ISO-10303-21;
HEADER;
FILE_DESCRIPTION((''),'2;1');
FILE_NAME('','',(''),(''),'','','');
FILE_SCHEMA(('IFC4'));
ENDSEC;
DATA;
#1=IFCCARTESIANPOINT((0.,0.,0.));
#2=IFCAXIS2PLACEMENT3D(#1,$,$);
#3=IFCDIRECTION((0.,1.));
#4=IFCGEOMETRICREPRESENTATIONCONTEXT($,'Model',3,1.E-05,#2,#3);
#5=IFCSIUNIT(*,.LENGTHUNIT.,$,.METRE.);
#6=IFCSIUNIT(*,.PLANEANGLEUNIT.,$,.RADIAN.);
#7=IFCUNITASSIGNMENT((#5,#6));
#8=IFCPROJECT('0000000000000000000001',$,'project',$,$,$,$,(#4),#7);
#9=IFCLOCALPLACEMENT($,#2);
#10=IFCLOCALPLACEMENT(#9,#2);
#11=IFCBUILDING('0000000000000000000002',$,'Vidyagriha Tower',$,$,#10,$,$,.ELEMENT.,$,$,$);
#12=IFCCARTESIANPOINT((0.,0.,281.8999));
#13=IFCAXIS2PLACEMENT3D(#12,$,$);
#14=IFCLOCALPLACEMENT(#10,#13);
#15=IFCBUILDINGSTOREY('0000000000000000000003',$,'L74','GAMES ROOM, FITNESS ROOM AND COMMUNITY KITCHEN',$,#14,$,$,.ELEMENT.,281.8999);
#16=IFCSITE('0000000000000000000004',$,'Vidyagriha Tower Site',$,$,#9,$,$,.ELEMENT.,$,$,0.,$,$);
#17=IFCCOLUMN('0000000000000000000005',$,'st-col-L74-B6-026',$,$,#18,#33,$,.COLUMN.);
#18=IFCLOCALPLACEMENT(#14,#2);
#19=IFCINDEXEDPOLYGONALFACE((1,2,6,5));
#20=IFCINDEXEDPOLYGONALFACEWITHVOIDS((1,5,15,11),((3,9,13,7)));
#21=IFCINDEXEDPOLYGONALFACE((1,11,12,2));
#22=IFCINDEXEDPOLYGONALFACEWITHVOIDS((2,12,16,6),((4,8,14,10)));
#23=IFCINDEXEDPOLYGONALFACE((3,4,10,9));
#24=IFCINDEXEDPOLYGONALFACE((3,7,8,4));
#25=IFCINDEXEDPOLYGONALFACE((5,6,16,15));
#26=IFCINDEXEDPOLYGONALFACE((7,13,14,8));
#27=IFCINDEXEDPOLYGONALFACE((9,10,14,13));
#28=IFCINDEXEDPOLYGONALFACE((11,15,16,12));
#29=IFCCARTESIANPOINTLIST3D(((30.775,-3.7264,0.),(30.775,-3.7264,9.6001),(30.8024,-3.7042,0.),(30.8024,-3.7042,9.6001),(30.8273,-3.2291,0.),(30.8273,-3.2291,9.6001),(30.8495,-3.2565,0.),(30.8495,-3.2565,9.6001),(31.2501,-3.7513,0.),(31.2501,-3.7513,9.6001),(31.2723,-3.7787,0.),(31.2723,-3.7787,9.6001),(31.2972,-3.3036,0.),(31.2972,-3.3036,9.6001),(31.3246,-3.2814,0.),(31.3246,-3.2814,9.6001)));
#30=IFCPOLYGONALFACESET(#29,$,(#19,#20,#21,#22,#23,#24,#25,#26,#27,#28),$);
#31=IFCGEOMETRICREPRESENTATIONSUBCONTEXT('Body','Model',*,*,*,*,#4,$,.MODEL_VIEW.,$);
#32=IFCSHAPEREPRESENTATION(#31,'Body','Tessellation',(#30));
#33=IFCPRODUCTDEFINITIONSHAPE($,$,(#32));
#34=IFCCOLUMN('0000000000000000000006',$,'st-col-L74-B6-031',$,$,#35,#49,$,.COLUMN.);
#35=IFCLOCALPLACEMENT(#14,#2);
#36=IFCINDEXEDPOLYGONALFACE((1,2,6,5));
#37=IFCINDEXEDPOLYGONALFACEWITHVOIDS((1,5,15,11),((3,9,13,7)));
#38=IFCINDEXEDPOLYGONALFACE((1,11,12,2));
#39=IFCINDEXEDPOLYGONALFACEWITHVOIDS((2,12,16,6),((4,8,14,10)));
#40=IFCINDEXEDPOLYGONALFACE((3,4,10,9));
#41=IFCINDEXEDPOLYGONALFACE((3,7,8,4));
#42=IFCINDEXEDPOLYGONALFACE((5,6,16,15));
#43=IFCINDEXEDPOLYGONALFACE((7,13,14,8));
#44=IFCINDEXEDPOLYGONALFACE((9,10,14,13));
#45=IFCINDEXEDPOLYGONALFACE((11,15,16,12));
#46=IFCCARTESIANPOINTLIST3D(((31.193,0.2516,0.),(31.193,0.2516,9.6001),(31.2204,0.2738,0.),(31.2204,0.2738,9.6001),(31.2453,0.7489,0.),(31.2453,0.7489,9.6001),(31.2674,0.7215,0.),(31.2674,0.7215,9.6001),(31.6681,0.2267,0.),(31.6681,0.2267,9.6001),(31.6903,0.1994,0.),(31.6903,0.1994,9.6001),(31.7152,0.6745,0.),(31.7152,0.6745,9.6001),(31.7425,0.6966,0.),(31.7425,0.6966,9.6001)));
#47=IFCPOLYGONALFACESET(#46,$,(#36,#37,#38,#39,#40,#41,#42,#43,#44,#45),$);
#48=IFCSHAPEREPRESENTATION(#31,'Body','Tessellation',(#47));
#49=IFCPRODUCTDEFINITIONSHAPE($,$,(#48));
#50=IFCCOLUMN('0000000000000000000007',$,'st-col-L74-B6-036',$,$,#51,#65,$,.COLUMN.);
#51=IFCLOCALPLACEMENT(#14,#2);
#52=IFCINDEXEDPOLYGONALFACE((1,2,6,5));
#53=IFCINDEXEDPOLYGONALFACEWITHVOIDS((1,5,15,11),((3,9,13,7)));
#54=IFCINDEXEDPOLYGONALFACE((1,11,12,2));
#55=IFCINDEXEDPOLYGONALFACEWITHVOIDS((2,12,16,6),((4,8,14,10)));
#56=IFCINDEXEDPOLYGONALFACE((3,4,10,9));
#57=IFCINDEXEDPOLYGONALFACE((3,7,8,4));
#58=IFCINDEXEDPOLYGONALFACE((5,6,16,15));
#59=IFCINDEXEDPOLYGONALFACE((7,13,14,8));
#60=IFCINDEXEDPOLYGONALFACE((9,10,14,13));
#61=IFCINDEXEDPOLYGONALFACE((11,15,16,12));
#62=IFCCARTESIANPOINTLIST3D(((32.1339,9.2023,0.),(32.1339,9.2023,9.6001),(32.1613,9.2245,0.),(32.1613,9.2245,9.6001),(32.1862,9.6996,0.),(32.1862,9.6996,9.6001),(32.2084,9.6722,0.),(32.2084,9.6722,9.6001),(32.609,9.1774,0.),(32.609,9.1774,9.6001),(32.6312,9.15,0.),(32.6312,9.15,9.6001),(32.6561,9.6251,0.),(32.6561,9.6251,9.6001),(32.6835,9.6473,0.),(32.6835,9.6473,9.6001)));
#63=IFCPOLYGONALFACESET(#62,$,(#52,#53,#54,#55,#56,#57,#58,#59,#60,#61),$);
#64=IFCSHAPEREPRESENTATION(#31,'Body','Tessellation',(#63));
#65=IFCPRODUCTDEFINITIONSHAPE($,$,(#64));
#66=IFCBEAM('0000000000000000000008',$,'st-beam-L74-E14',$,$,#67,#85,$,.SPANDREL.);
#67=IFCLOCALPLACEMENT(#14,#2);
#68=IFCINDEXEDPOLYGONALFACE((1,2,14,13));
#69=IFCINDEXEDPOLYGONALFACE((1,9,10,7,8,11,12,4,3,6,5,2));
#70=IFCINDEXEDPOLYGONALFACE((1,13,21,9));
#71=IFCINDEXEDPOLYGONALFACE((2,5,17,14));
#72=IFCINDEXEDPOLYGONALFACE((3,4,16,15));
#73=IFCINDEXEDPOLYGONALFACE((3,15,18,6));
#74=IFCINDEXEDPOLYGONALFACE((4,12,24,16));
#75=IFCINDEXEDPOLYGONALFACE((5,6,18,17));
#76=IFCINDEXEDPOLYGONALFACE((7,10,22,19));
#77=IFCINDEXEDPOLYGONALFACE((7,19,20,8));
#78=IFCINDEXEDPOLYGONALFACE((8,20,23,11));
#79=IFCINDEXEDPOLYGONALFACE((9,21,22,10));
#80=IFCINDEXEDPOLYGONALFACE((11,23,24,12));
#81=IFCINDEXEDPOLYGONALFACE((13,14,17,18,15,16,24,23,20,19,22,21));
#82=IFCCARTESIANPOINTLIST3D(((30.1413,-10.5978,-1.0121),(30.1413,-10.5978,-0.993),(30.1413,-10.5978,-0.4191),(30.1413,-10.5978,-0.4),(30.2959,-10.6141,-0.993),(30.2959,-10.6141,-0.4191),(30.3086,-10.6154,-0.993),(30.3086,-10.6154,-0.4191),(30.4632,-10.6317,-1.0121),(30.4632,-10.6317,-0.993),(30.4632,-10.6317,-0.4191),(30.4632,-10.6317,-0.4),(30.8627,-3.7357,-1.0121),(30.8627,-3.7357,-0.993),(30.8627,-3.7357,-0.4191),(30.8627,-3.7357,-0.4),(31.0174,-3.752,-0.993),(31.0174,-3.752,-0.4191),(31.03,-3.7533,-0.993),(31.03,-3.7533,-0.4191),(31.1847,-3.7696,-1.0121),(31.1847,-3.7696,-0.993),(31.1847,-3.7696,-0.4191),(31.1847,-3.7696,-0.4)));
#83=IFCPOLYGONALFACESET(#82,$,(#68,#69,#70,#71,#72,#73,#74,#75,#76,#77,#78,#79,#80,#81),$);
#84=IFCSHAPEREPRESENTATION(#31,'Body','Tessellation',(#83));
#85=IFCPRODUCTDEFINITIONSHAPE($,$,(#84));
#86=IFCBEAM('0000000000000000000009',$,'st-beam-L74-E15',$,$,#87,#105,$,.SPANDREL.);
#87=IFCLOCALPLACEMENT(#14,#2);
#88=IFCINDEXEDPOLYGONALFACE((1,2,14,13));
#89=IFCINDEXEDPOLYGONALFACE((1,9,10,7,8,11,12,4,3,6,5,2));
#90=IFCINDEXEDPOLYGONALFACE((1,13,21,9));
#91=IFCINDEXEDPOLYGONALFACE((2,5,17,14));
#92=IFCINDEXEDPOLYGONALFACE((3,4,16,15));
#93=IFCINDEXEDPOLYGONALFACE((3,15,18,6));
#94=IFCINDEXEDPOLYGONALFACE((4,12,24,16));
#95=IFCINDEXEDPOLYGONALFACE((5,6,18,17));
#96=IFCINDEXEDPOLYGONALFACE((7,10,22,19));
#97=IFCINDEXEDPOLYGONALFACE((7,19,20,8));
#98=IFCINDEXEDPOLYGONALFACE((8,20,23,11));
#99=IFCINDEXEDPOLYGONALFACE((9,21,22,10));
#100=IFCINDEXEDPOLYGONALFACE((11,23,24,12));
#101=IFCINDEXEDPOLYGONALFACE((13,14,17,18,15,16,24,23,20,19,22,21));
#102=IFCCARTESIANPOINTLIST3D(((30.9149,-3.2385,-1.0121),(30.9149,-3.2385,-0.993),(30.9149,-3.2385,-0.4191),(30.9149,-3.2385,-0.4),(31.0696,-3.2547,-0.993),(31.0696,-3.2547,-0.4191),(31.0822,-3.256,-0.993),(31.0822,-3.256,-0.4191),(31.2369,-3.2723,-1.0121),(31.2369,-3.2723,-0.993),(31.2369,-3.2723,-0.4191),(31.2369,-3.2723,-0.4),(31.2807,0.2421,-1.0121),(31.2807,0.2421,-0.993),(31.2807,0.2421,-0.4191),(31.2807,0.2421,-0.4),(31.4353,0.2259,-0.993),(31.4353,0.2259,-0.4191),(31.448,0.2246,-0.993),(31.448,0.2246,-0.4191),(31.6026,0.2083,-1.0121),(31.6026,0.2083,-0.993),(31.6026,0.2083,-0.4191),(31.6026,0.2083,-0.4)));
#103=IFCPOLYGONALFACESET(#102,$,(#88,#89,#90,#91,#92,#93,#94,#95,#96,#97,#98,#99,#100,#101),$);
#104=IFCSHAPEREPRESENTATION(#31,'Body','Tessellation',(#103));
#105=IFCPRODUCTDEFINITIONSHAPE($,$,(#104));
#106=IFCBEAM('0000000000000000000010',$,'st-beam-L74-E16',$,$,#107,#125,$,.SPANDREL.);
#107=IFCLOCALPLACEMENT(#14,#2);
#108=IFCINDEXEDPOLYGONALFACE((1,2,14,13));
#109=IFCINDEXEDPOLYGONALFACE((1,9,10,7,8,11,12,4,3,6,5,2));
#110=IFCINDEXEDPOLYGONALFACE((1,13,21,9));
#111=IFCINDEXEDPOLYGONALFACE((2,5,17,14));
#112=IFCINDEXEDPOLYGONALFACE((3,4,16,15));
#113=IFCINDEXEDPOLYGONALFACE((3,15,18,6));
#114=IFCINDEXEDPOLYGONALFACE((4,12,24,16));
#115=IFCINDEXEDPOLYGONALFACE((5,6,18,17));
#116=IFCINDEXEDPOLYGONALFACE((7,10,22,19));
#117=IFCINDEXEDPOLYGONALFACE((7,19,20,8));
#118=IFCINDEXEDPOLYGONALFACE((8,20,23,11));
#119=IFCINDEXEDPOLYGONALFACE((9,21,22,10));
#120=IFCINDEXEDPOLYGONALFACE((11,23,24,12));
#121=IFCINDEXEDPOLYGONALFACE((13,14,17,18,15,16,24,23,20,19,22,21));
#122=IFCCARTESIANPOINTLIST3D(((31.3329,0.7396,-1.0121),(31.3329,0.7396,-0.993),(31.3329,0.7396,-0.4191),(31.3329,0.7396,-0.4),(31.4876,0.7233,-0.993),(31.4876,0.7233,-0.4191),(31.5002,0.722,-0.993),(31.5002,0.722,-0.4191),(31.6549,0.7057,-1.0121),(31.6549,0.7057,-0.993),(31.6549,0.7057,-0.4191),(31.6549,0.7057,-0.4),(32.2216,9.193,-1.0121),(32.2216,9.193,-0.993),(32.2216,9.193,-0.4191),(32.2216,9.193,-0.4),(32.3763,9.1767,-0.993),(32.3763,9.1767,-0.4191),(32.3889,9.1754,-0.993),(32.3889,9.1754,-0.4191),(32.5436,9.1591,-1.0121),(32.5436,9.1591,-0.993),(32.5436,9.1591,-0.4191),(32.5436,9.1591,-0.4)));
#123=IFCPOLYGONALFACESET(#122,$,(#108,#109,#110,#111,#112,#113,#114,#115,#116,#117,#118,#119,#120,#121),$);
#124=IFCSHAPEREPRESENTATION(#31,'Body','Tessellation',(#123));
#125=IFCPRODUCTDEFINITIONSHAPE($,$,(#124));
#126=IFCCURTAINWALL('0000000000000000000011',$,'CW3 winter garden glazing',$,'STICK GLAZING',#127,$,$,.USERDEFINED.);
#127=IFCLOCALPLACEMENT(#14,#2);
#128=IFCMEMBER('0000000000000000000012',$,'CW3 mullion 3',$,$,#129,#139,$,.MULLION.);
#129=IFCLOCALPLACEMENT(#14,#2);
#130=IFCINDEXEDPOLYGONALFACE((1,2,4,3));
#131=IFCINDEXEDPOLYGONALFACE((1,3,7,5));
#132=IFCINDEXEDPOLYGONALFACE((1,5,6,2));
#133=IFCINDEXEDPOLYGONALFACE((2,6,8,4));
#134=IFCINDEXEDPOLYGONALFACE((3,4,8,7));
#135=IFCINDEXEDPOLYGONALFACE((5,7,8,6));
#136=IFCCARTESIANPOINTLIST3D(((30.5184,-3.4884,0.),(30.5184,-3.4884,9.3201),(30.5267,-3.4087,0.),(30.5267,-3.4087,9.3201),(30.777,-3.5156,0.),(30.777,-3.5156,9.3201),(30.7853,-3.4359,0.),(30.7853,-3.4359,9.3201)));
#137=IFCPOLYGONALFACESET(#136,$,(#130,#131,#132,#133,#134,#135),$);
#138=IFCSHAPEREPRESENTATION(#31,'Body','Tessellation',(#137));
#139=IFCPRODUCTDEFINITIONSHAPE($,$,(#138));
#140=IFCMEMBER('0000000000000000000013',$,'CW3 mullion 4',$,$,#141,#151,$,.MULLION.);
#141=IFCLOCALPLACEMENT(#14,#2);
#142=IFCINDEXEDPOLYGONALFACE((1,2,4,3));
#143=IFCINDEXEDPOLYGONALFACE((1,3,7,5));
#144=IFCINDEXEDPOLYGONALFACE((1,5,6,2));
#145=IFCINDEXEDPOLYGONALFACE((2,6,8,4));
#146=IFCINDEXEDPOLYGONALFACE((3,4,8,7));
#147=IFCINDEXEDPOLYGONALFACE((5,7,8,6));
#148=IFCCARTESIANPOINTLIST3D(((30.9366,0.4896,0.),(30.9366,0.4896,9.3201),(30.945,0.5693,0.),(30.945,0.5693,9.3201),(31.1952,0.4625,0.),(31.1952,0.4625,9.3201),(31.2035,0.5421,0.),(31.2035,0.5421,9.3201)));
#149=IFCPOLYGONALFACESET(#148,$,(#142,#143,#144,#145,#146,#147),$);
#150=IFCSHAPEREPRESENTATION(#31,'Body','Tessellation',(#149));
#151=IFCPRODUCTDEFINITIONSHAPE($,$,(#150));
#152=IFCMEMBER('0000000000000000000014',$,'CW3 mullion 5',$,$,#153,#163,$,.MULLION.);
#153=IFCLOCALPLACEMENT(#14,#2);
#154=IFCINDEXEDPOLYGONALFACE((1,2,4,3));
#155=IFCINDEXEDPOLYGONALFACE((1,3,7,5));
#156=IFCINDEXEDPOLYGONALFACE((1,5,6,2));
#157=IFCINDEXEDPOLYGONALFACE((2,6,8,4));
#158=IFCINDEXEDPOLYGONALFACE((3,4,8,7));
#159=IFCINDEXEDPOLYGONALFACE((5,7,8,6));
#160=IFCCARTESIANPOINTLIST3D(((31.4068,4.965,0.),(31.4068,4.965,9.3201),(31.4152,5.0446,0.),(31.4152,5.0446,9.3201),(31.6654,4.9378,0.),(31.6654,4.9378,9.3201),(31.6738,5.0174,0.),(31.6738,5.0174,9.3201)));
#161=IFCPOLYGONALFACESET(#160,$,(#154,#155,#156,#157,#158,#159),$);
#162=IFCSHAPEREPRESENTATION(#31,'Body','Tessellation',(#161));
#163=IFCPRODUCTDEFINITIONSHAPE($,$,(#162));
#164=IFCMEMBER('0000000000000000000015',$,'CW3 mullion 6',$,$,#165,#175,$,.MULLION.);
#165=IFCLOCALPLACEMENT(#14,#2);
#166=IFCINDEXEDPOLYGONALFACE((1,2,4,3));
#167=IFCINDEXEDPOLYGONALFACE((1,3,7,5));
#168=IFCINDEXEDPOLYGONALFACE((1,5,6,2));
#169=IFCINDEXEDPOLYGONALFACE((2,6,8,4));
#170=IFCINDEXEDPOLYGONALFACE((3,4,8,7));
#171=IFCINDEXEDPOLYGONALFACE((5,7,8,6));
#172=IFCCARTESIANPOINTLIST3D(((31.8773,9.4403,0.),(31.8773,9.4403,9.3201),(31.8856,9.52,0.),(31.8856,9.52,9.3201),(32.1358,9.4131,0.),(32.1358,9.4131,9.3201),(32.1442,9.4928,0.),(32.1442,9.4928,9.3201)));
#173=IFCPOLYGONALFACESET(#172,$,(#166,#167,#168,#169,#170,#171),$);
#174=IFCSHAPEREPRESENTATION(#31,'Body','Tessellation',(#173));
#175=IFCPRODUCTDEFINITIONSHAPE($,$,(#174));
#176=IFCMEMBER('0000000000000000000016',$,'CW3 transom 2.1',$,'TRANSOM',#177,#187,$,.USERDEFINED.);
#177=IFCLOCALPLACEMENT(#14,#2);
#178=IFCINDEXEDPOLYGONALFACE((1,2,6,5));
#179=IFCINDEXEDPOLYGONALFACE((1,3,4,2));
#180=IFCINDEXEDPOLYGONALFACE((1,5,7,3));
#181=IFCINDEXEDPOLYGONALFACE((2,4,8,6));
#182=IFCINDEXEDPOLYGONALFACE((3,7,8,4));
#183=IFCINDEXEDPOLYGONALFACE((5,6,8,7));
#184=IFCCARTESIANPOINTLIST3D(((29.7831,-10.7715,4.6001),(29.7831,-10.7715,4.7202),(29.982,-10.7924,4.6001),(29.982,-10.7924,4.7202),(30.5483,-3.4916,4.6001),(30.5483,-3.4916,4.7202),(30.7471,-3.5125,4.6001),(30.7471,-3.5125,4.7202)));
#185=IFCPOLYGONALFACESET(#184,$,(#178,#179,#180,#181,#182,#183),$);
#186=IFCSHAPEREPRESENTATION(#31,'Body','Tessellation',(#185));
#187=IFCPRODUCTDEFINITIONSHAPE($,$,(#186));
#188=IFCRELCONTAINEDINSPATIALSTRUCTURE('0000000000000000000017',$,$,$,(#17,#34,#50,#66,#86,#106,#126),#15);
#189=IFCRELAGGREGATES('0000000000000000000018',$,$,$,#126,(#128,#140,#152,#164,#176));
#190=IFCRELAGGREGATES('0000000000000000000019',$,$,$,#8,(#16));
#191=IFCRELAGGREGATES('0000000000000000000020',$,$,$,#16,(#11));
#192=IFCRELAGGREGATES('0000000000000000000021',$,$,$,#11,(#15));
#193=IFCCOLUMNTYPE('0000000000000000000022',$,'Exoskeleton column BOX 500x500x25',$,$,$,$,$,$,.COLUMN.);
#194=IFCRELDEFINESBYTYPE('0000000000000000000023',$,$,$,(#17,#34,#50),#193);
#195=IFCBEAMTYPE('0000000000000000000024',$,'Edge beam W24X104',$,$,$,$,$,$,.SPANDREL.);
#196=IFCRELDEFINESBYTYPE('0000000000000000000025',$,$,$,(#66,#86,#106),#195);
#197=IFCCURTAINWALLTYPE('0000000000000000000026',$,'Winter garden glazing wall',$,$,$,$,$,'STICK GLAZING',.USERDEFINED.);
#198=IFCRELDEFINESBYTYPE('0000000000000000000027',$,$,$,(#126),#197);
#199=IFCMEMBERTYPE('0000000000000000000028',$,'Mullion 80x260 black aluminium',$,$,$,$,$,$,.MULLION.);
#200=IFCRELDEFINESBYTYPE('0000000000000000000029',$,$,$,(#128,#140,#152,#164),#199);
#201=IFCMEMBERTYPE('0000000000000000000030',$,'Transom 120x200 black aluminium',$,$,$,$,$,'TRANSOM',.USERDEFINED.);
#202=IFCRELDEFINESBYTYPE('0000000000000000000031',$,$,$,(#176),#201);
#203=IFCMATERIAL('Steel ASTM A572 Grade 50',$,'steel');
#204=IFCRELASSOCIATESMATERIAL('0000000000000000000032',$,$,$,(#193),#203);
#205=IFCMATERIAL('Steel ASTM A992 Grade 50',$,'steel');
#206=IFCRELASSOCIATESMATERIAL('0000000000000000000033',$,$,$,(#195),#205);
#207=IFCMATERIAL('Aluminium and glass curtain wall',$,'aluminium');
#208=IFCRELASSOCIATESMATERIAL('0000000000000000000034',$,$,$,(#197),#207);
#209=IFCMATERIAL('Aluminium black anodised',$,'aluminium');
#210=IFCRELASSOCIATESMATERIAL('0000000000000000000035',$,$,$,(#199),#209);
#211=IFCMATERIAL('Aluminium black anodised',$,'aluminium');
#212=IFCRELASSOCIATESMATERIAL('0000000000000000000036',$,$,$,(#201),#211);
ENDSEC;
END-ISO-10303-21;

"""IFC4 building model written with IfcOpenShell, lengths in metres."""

from ifc_helpers import new_model, si_unit, direction, frame, origin, origin_2d, place, context, subcontext, project, spatial, rectangle, hollow_rectangle, i_section, extrude, material, material_profile, profile_set, type_object, element, aggregate, save


model = new_model("IFC4")

# Units and contexts
model_context = context("Model", 3, precision=1e-05, world=origin(), true_north=direction((0.0, 1.0)))
body_context = subcontext(model_context, "Body", "Model", "MODEL_VIEW")
ifc_project = project(units=[si_unit("LENGTHUNIT", "METRE"), si_unit("PLANEANGLEUNIT", "RADIAN")], contexts=[model_context])

# Site, building, storey
site_placement = place(None, origin())
site = spatial("IfcSite", under=ifc_project, at=site_placement, Name="Vidyagriha Tower Site", CompositionType="ELEMENT", RefElevation=0.0)
building_placement = place(site_placement, origin())
building = spatial("IfcBuilding", under=site, at=building_placement, Name="Vidyagriha Tower", CompositionType="ELEMENT")
storey_placement = place(building_placement, frame((0.0, 0.0, 281.8999)))
storey = spatial("IfcBuildingStorey", under=building, at=storey_placement, Name="L74", Description="GAMES ROOM, FITNESS ROOM AND COMMUNITY KITCHEN", CompositionType="ELEMENT", Elevation=281.8999)

# Columns
ifc_material_1 = material(Name="Steel ASTM A572 Grade 50", Category="steel")
ifc_material_profile_1 = material_profile(ifc_material_1, hollow_rectangle(XDim=0.5, YDim=0.5, WallThickness=0.0249, at=origin_2d()), Name="BOX 500x500x25")
ifc_profile_set_1 = profile_set([ifc_material_profile_1], Name="Steel ASTM A572 Grade 50")
column_type = type_object("IfcColumnType", Name="Exoskeleton column BOX 500x500x25", PredefinedType="COLUMN", material=ifc_profile_set_1)
for number, where, z_axis, x_axis, name in (
    (1, (31.0498, -3.5039, 0.0), (0.0, 0.0, 1.0), (0.994522, -0.104528, 0.0), "st-col-L74-B6-026"),
    (2, (31.4678, 0.4741, 0.0), (0.0, 0.0, 1.0), (0.994522, -0.104528, 0.0), "st-col-L74-B6-031"),
    (3, (32.4087, 9.4248, 0.0), (0.0, 0.0, 1.0), (0.994522, -0.104528, 0.0), "st-col-L74-B6-036"),
):
    element("IfcColumn", number, at=place(storey_placement, frame(where, z_axis=z_axis, x_axis=x_axis)), inside=storey, type_object=column_type, Name=name, PredefinedType="COLUMN", context=body_context, shape_type="SweptSolid", body=[
        extrude(hollow_rectangle(XDim=0.5, YDim=0.5, WallThickness=0.0249, at=origin_2d()), origin(), (0.0, 0.0, 1.0), 9.6001),
    ])

# Beams
ifc_material_2 = material(Name="Steel ASTM A992 Grade 50", Category="steel")
ifc_material_profile_2 = material_profile(ifc_material_2, i_section(OverallWidth=0.3237, OverallDepth=0.6121, WebThickness=0.0127, FlangeThickness=0.019, at=origin_2d()), Name="W24X104")
ifc_profile_set_2 = profile_set([ifc_material_profile_2], Name="Steel ASTM A992 Grade 50")
beam_type = type_object("IfcBeamType", Name="Edge beam W24X104", PredefinedType="SPANDREL", material=ifc_profile_set_2)
beam_1_placement = place(storey_placement, frame((30.3022, -10.6147, -0.7061), z_axis=(0.104558, 0.994519, 0.0), x_axis=(-0.994519, 0.104558, 0.0)))
element("IfcBeam", 4, at=beam_1_placement, inside=storey, type_object=beam_type, Name="st-beam-L74-E14", PredefinedType="SPANDREL", context=body_context, shape_type="SweptSolid", body=[
    extrude(i_section(OverallWidth=0.3237, OverallDepth=0.6121, WebThickness=0.0127, FlangeThickness=0.019, at=origin_2d()), origin(), (0.0, 0.0, 1.0), 6.8999),
])
beam_2_placement = place(storey_placement, frame((31.0759, -3.2554, -0.7061), z_axis=(0.104496, 0.994525, 0.0), x_axis=(-0.994525, 0.104496, 0.0)))
element("IfcBeam", 5, at=beam_2_placement, inside=storey, type_object=beam_type, Name="st-beam-L74-E15", PredefinedType="SPANDREL", context=body_context, shape_type="SweptSolid", body=[
    extrude(i_section(OverallWidth=0.3237, OverallDepth=0.6121, WebThickness=0.0127, FlangeThickness=0.019, at=origin_2d()), origin(), (0.0, 0.0, 1.0), 3.4998),
])
beam_3_placement = place(storey_placement, frame((31.4939, 0.7227, -0.7061), z_axis=(0.10455, 0.99452, 0.0), x_axis=(-0.99452, 0.10455, 0.0)))
element("IfcBeam", 6, at=beam_3_placement, inside=storey, type_object=beam_type, Name="st-beam-L74-E16", PredefinedType="SPANDREL", context=body_context, shape_type="SweptSolid", body=[
    extrude(i_section(OverallWidth=0.3237, OverallDepth=0.6121, WebThickness=0.0127, FlangeThickness=0.019, at=origin_2d()), origin(), (0.0, 0.0, 1.0), 8.5),
])

# Curtain wall, members
ifc_material_3 = material(Name="Aluminium and glass curtain wall", Category="aluminium")
curtain_wall_type = type_object("IfcCurtainWallType", Name="Winter garden glazing wall", ElementType="STICK GLAZING", PredefinedType="USERDEFINED", material=ifc_material_3)
curtain_wall_placement = place(storey_placement, origin())
curtain_wall = element("IfcCurtainWall", 7, at=curtain_wall_placement, inside=storey, type_object=curtain_wall_type, Name="CW3 winter garden glazing", ObjectType="STICK GLAZING", PredefinedType="USERDEFINED")
ifc_material_4 = material(Name="Aluminium black anodised", Category="aluminium")
ifc_material_profile_3 = material_profile(ifc_material_4, rectangle(XDim=0.26, YDim=0.0801, at=origin_2d()), Name="Mullion 80x260 black aluminium")
ifc_profile_set_3 = profile_set([ifc_material_profile_3], Name="Aluminium black anodised")
member_type_1 = type_object("IfcMemberType", Name="Mullion 80x260 black aluminium", PredefinedType="MULLION", material=ifc_profile_set_3)
member_1_placement = place(storey_placement, frame((30.6519, -3.4622, 0.0), z_axis=(0.0, 0.0, 1.0), x_axis=(-0.994522, 0.104527, 0.0)))
member_1 = element("IfcMember", 8, at=member_1_placement, type_object=member_type_1, Name="CW3 mullion 3", PredefinedType="MULLION", context=body_context, shape_type="SweptSolid", body=[
    extrude(rectangle(XDim=0.26, YDim=0.0801, at=origin_2d()), origin(), (0.0, 0.0, 1.0), 9.3201),
])
member_2_placement = place(storey_placement, frame((31.0701, 0.5159, 0.0), z_axis=(0.0, 0.0, 1.0), x_axis=(-0.994522, 0.104527, 0.0)))
member_2 = element("IfcMember", 9, at=member_2_placement, type_object=member_type_1, Name="CW3 mullion 4", PredefinedType="MULLION", context=body_context, shape_type="SweptSolid", body=[
    extrude(rectangle(XDim=0.26, YDim=0.0801, at=origin_2d()), origin(), (0.0, 0.0, 1.0), 9.3201),
])
member_3_placement = place(storey_placement, frame((31.5403, 4.9912, 0.0), z_axis=(0.0, 0.0, 1.0), x_axis=(-0.994522, 0.104527, 0.0)))
member_3 = element("IfcMember", 10, at=member_3_placement, type_object=member_type_1, Name="CW3 mullion 5", PredefinedType="MULLION", context=body_context, shape_type="SweptSolid", body=[
    extrude(rectangle(XDim=0.26, YDim=0.0801, at=origin_2d()), origin(), (0.0, 0.0, 1.0), 9.3201),
])
member_4_placement = place(storey_placement, frame((32.0107, 9.4666, 0.0), z_axis=(0.0, 0.0, 1.0), x_axis=(-0.994522, 0.104527, 0.0)))
member_4 = element("IfcMember", 11, at=member_4_placement, type_object=member_type_1, Name="CW3 mullion 6", PredefinedType="MULLION", context=body_context, shape_type="SweptSolid", body=[
    extrude(rectangle(XDim=0.26, YDim=0.0801, at=origin_2d()), origin(), (0.0, 0.0, 1.0), 9.3201),
])
ifc_material_5 = material(Name="Aluminium black anodised", Category="aluminium")
ifc_material_profile_4 = material_profile(ifc_material_5, rectangle(XDim=0.2, YDim=0.1201, at=origin_2d()), Name="Transom 120x200 black aluminium")
ifc_profile_set_4 = profile_set([ifc_material_profile_4], Name="Aluminium black anodised")
member_type_2 = type_object("IfcMemberType", Name="Transom 120x200 black aluminium", ElementType="TRANSOM", PredefinedType="USERDEFINED", material=ifc_profile_set_4)
member_5_placement = place(storey_placement, frame((29.8826, -10.782, 4.6602), z_axis=(0.104525, 0.994522, 0.0), x_axis=(-0.994522, 0.104525, 0.0)))
member_5 = element("IfcMember", 12, at=member_5_placement, type_object=member_type_2, Name="CW3 transom 2.1", ObjectType="TRANSOM", PredefinedType="USERDEFINED", context=body_context, shape_type="SweptSolid", body=[
    extrude(rectangle(XDim=0.2, YDim=0.1201, at=origin_2d()), origin(), (0.0, 0.0, 1.0), 7.3201),
])
aggregate(curtain_wall, [member_1, member_2, member_3, member_4, member_5])

save(model, "model.ifc")
